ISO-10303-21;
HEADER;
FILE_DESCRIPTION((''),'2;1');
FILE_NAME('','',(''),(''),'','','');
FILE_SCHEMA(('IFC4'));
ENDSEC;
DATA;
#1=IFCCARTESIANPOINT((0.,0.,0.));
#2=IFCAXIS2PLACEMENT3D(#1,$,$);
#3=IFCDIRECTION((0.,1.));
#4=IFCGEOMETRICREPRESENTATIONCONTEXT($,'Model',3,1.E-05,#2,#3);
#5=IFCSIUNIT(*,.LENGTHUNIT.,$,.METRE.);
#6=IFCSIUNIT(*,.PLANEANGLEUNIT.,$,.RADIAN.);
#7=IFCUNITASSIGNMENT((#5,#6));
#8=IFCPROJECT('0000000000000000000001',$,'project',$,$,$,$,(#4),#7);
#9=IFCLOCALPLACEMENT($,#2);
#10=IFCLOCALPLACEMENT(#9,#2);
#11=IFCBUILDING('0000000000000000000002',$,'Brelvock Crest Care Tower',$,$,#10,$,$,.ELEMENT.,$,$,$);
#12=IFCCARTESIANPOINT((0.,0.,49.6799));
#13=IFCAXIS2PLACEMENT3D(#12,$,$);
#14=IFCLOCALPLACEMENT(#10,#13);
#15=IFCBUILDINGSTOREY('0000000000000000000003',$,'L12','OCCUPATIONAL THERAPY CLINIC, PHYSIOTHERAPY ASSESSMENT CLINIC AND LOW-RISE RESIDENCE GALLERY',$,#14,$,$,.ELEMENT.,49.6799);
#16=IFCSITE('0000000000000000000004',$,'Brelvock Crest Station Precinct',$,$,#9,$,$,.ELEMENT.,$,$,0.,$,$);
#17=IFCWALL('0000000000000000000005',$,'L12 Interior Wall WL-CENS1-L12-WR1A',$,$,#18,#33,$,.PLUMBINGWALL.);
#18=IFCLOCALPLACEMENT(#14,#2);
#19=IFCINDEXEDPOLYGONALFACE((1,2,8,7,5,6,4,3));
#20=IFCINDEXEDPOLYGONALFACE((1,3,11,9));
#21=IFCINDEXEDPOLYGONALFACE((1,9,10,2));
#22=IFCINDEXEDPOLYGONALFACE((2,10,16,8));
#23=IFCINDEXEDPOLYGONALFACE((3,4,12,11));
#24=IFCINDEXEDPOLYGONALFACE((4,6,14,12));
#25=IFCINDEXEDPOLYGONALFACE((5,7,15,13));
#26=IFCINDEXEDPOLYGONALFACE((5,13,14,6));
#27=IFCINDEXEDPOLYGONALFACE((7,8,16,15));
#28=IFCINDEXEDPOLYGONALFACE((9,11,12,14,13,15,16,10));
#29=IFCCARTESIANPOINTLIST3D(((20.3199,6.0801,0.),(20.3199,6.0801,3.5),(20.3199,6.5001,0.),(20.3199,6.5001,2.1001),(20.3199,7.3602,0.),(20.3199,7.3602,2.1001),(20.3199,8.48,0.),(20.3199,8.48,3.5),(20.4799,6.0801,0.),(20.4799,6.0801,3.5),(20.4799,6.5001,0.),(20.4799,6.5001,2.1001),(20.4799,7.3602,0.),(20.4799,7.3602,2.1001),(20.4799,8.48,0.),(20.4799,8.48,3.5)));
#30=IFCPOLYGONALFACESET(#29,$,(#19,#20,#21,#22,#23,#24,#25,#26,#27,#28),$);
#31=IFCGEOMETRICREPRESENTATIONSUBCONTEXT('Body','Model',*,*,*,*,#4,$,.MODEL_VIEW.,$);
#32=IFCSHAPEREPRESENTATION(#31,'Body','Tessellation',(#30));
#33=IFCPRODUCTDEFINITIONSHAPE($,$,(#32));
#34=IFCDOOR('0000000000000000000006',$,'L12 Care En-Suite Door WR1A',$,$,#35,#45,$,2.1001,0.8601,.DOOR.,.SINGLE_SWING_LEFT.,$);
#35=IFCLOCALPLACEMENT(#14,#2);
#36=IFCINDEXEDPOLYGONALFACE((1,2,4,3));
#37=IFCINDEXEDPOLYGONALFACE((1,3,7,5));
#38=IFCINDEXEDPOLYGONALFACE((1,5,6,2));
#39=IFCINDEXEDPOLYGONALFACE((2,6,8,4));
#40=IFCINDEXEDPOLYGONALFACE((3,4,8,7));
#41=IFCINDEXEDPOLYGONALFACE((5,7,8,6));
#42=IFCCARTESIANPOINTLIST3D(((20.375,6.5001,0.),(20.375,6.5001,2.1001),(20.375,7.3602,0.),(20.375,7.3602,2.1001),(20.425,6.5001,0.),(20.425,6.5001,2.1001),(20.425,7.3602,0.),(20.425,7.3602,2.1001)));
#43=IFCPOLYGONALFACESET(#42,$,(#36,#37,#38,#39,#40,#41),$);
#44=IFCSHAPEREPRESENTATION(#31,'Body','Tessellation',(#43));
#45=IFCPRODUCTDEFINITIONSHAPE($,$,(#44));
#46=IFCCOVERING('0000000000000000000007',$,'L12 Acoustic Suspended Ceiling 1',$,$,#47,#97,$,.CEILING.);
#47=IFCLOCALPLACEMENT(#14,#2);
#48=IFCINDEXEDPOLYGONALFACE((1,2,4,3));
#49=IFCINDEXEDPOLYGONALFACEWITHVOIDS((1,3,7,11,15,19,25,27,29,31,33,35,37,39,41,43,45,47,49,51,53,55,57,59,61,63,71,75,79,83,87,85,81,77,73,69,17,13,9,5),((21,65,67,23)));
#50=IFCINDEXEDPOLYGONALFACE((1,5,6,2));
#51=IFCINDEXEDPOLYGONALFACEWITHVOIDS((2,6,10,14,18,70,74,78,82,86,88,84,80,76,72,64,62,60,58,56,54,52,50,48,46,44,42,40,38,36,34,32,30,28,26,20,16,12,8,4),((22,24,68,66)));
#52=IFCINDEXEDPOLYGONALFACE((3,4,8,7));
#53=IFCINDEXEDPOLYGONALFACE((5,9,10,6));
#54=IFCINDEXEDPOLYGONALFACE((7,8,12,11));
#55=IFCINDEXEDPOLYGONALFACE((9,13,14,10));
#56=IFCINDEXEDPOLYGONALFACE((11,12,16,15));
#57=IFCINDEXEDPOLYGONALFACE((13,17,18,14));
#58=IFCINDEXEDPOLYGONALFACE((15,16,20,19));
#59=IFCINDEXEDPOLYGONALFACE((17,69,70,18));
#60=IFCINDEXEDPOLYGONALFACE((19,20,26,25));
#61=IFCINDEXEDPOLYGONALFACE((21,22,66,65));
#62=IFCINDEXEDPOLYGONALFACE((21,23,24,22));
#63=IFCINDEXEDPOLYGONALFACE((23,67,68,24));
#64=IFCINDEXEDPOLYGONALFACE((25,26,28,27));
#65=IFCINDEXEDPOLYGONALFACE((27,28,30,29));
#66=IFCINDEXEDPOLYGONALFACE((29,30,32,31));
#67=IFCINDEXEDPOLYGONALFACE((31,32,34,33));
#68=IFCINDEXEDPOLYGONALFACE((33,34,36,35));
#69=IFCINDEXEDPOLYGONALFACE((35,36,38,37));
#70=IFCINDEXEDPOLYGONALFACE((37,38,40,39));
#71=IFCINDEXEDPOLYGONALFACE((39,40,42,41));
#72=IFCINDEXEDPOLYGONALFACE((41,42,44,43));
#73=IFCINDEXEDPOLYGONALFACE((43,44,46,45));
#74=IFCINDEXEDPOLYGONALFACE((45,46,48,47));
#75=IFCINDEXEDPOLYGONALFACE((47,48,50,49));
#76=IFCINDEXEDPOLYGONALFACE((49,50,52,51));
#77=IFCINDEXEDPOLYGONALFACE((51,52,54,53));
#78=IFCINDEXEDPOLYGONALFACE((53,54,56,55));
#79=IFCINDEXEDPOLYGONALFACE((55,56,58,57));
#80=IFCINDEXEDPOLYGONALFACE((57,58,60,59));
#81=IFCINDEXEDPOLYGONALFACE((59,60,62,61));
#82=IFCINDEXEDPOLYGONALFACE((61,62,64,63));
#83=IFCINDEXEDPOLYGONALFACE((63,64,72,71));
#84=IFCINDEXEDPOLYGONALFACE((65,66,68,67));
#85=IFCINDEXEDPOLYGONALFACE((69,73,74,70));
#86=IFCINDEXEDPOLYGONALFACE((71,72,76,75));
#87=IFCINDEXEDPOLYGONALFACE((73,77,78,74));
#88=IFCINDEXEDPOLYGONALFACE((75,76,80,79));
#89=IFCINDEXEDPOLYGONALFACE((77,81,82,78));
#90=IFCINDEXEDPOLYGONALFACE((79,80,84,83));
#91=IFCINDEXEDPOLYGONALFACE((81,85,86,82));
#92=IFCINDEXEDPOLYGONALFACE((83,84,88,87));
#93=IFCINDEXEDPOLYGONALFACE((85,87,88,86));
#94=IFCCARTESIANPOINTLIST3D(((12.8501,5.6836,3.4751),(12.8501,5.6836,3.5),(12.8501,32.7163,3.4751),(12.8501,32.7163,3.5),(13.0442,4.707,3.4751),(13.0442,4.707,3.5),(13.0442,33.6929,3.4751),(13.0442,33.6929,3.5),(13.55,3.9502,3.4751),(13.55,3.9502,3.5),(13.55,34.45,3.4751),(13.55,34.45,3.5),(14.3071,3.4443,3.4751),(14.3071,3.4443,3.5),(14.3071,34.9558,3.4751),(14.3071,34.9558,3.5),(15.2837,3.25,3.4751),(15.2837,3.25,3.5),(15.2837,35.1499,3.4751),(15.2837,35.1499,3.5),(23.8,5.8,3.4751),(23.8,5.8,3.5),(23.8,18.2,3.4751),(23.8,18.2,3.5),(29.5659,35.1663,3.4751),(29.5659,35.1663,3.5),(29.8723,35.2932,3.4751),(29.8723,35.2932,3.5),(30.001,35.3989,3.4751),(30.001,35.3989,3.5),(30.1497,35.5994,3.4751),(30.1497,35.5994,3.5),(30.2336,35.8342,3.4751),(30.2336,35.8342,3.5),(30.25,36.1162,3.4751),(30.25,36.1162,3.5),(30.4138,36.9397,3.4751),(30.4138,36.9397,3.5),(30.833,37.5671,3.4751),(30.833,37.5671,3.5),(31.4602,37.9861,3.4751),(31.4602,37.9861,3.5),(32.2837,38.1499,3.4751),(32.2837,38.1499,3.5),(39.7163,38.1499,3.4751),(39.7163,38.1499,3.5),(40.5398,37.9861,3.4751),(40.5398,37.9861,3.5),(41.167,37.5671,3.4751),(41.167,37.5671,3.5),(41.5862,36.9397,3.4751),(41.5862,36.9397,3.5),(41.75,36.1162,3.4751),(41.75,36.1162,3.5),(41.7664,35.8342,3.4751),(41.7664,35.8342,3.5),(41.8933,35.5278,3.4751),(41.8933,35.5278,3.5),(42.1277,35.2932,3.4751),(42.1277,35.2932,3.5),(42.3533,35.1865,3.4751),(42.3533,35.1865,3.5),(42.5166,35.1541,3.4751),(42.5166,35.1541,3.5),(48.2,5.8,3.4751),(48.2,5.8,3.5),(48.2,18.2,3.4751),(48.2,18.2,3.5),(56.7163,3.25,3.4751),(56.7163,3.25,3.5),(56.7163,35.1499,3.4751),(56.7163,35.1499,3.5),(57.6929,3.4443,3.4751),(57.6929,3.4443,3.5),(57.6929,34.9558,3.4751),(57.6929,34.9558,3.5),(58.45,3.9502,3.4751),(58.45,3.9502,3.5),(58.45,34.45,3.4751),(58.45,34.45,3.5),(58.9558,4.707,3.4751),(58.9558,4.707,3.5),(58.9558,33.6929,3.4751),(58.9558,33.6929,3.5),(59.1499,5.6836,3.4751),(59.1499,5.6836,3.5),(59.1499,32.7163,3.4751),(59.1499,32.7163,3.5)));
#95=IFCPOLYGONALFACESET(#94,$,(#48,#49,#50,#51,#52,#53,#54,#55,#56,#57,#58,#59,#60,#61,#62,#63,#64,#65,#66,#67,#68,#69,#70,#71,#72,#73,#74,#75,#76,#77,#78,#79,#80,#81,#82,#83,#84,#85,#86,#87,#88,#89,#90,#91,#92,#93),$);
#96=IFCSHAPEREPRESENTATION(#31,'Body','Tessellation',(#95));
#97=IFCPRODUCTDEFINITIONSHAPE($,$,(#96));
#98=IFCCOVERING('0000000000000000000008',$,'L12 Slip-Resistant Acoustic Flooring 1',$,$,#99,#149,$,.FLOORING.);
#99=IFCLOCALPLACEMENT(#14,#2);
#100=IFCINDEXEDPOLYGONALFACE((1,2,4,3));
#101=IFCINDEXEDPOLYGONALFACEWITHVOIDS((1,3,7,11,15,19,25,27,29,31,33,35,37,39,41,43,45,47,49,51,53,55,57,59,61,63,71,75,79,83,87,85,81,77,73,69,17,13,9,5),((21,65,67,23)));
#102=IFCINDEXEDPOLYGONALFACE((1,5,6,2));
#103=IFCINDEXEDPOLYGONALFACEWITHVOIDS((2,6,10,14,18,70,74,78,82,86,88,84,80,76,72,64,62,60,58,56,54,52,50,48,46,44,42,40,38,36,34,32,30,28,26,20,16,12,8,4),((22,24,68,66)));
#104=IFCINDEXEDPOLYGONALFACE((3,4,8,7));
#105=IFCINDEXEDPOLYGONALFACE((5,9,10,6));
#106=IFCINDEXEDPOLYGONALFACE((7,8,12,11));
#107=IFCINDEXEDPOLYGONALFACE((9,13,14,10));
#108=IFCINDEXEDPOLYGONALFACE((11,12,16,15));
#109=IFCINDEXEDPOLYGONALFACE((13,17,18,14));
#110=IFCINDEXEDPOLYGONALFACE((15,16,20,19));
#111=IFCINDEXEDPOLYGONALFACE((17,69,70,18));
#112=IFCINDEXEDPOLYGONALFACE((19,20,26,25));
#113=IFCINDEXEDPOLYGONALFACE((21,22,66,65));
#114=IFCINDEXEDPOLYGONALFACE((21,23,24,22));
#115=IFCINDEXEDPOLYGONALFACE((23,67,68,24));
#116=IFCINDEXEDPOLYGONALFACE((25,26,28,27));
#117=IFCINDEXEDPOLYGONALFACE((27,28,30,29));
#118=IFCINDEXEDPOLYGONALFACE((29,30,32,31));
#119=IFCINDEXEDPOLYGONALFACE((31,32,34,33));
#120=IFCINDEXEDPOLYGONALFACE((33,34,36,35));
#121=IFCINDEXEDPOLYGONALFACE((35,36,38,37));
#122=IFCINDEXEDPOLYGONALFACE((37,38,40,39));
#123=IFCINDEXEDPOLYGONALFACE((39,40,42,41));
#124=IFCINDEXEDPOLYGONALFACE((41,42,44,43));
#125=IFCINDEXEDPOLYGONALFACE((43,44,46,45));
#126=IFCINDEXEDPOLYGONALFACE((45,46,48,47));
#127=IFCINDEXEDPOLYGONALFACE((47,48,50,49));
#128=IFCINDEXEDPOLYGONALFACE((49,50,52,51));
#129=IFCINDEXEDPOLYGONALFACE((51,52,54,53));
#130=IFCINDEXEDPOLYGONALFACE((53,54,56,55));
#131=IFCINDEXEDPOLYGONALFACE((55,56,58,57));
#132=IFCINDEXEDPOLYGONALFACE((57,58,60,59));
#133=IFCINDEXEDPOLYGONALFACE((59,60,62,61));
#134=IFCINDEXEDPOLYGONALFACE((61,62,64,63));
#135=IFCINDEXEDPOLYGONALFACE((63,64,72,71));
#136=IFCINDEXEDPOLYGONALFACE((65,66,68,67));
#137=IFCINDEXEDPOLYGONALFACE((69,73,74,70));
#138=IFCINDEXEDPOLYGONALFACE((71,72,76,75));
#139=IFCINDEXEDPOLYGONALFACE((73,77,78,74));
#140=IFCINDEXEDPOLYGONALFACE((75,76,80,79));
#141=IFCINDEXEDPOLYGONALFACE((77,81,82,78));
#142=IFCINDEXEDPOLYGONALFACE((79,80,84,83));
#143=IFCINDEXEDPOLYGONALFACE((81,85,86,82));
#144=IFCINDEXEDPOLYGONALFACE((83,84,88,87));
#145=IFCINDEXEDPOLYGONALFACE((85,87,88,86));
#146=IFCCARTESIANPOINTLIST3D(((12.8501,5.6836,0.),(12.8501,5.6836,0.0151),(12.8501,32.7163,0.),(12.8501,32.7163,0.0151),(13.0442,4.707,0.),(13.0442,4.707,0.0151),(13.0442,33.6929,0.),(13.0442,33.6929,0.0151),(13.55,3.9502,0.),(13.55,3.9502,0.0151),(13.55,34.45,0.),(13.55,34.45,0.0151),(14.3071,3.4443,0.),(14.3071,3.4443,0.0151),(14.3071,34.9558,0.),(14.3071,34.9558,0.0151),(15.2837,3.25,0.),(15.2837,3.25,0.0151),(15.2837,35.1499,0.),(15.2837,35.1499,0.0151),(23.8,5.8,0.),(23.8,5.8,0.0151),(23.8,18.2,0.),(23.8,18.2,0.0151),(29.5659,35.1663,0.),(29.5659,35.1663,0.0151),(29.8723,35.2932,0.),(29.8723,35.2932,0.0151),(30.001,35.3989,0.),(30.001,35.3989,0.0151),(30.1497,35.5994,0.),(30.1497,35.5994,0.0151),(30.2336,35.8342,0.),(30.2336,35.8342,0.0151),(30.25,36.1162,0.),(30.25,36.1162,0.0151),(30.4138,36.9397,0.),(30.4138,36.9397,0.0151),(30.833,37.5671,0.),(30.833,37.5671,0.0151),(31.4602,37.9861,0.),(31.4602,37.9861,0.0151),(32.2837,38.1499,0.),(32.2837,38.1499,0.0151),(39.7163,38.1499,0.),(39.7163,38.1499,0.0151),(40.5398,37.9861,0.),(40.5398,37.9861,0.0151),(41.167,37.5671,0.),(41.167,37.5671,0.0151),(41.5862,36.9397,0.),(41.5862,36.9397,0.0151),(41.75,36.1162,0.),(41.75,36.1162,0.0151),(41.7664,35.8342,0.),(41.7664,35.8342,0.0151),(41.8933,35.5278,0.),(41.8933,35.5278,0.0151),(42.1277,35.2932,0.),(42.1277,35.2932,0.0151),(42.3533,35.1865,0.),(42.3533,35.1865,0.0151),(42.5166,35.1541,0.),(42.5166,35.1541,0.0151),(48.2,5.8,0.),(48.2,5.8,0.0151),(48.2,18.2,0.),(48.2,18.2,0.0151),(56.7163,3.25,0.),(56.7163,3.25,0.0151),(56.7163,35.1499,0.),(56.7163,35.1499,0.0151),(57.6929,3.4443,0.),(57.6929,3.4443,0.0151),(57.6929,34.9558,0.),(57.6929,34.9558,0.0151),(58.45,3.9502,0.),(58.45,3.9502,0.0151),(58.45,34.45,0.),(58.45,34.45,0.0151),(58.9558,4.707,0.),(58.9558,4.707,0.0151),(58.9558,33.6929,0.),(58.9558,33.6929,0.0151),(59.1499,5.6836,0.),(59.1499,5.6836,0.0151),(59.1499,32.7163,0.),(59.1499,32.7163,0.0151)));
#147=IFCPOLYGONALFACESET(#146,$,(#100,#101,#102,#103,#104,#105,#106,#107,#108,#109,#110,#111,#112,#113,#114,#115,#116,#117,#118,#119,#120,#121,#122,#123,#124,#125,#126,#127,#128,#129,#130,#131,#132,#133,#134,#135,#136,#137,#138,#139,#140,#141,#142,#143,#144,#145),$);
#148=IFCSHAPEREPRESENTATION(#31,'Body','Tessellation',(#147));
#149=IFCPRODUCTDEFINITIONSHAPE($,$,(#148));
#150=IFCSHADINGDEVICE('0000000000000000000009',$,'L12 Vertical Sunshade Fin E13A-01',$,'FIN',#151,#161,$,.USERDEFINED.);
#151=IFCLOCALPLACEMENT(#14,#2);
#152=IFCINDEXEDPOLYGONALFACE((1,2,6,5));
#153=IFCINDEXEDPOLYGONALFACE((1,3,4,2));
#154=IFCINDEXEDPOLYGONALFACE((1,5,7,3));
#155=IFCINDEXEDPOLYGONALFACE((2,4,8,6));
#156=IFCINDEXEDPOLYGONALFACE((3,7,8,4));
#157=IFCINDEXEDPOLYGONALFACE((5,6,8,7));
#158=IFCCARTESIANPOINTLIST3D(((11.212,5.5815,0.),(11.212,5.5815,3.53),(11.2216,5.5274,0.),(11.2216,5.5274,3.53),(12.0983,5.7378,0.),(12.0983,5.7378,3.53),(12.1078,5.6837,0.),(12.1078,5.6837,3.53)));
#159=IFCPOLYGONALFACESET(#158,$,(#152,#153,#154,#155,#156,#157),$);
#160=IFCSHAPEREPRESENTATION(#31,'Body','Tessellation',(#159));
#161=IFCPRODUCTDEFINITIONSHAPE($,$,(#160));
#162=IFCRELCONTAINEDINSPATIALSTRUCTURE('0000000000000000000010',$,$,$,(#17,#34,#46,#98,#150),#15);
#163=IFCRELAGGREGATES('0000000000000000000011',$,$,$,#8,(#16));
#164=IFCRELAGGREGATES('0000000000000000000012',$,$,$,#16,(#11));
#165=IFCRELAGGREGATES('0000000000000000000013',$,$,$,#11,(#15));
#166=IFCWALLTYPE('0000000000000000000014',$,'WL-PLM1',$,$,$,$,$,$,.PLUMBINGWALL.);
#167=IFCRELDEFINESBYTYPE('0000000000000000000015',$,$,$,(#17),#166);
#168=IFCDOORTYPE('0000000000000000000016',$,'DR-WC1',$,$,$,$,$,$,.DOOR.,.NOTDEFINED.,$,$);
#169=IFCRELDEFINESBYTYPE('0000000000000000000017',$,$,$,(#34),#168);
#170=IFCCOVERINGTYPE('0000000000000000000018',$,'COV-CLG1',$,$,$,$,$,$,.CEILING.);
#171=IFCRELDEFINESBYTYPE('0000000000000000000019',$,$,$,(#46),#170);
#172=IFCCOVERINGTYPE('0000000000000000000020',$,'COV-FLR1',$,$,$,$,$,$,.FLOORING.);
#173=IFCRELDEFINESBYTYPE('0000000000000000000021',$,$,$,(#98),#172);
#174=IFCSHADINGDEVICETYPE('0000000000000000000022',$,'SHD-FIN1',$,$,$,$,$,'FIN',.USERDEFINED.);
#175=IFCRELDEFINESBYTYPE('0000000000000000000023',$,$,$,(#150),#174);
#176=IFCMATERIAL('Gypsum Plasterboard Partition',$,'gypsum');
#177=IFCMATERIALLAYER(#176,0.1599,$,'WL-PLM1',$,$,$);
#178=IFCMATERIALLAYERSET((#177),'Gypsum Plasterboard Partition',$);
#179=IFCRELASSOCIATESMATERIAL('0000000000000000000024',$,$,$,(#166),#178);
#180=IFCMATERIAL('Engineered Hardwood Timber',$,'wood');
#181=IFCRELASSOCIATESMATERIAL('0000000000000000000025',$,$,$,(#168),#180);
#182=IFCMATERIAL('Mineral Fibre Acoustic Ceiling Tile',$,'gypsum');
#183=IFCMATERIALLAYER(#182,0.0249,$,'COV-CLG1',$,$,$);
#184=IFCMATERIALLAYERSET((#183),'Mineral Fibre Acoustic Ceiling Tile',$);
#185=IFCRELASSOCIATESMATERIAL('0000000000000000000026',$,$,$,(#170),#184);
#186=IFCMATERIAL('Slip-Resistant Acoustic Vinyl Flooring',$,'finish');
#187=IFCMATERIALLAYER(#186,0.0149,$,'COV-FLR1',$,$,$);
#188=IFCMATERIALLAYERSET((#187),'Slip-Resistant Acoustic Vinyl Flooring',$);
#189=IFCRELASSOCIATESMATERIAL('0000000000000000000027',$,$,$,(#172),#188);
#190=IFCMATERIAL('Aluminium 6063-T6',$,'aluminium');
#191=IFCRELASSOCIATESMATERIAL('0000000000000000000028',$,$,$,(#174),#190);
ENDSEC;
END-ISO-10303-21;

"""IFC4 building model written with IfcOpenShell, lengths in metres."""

from ifc_helpers import new_model, si_unit, direction, frame, frame_2d, origin, origin_2d, place, context, subcontext, project, spatial, polyline, rectangle, outline, extrude, source, transform, mapped, material, layer, layer_set, material_profile, profile_set, type_object, element, fill, save


model = new_model("IFC4")

# Units and contexts
model_context = context("Model", 3, precision=1e-05, world=origin(), true_north=direction((0.0, 1.0)))
body_context = subcontext(model_context, "Body", "Model", "MODEL_VIEW")
ifc_project = project(units=[si_unit("LENGTHUNIT", "METRE"), si_unit("PLANEANGLEUNIT", "RADIAN")], contexts=[model_context])

# Site, building, storey
site_placement = place(None, origin())
site = spatial("IfcSite", under=ifc_project, at=site_placement, Name="Brelvock Crest Station Precinct", CompositionType="ELEMENT", RefElevation=0.0)
building_placement = place(site_placement, origin())
building = spatial("IfcBuilding", under=site, at=building_placement, Name="Brelvock Crest Care Tower", CompositionType="ELEMENT")
storey_placement = place(building_placement, frame((0.0, 0.0, 49.6799)))
storey = spatial("IfcBuildingStorey", under=building, at=storey_placement, Name="L12", Description="OCCUPATIONAL THERAPY CLINIC, PHYSIOTHERAPY ASSESSMENT CLINIC AND LOW-RISE RESIDENCE GALLERY", CompositionType="ELEMENT", Elevation=49.6799)

# Shared definitions
ifc_material_1 = material(Name="Aluminium 6063-T6", Category="aluminium")

# Shared definitions
ifc_material_2 = material(Name="Engineered Hardwood Timber", Category="wood")

# Shared definitions
ifc_material_3 = material(Name="Gypsum Plasterboard Partition", Category="gypsum")
ifc_layer_1 = layer(ifc_material_3, 0.1599, Name="WL-PLM1")
ifc_layer_set_1 = layer_set([ifc_layer_1], Name="Gypsum Plasterboard Partition")
wall_type_1 = type_object("IfcWallType", Name="WL-PLM1", PredefinedType="PLUMBINGWALL", material=ifc_layer_set_1)

# Wall, opening, door
wall_1_placement = place(storey_placement, frame((20.3999, 6.0801, 0.0), z_axis=(0.0, 0.0, 1.0), x_axis=(0.0, 1.0, 0.0)))
wall_1 = element("IfcWall", 1, at=wall_1_placement, inside=storey, type_object=wall_type_1, Name="L12 Interior Wall WL-CENS1-L12-WR1A", PredefinedType="PLUMBINGWALL", context=body_context, shape_type="SweptSolid", body=[
    extrude(rectangle(XDim=2.3999, YDim=0.1599, at=frame_2d((1.2, 0.0))), origin(), (0.0, 0.0, 1.0), 3.5),
])
opening_1_placement = place(wall_1_placement, frame((0.4199, 0.0, 0.0)))
opening_1 = element("IfcOpeningElement", 2, at=opening_1_placement, cuts=wall_1, PredefinedType="OPENING", context=body_context, shape_type="SweptSolid", body=[
    extrude(rectangle(XDim=0.8601, YDim=2.1001, at=origin_2d()), frame((0.4302, 0.0898, 1.05), z_axis=(0.0, -1.0, 0.0), x_axis=(1.0, 0.0, 0.0)), (0.0, 0.0, 1.0), 0.1799),
])
door_type_1 = type_object("IfcDoorType", Name="DR-WC1", OperationType="NOTDEFINED", PredefinedType="DOOR", material=ifc_material_2)
shared_shape_1 = source(origin(), body_context, "Body", "SweptSolid", [
    extrude(rectangle(XDim=0.8601, YDim=2.1001, at=origin_2d()), frame((0.4302, 0.0249, 1.05), z_axis=(0.0, -1.0, 0.0), x_axis=(1.0, 0.0, 0.0)), (0.0, 0.0, 1.0), 0.05),
])
door_1_placement = place(opening_1_placement, origin())
door_1 = element("IfcDoor", 3, at=door_1_placement, inside=storey, type_object=door_type_1, Name="L12 Care En-Suite Door WR1A", OperationType="SINGLE_SWING_LEFT", OverallHeight=2.1001, OverallWidth=0.8601, PredefinedType="DOOR", context=body_context, shape_type="MappedRepresentation", body=[
    mapped(shared_shape_1, transform((0.0, 0.0, 0.0), x_axis=(1.0, 0.0, 0.0), y_axis=(0.0, 1.0, 0.0), z_axis=(0.0, 0.0, 1.0), scale=1.0)),
])
fill(opening_1, door_1)

# Coverings
ifc_material_4 = material(Name="Mineral Fibre Acoustic Ceiling Tile", Category="gypsum")
ifc_layer_2 = layer(ifc_material_4, 0.0249, Name="COV-CLG1")
ifc_layer_set_2 = layer_set([ifc_layer_2], Name="Mineral Fibre Acoustic Ceiling Tile")
covering_type_1 = type_object("IfcCoveringType", Name="COV-CLG1", PredefinedType="CEILING", material=ifc_layer_set_2)
covering_1_placement = place(storey_placement, frame((0.0, 0.0, 3.4751)))
element("IfcCovering", 4, at=covering_1_placement, inside=storey, type_object=covering_type_1, Name="L12 Acoustic Suspended Ceiling 1", PredefinedType="CEILING", context=body_context, shape_type="SweptSolid", body=[
    extrude(outline(polyline([(56.7163, 35.1499), (42.5166, 35.1541), (42.3533, 35.1865), (42.1277, 35.2932), (41.8933, 35.5278), (41.7664, 35.8342), (41.75, 36.1162), (41.5862, 36.9397), (41.167, 37.5671), (40.5398, 37.9861), (39.7163, 38.1499), (32.2837, 38.1499), (31.4602, 37.9861), (30.833, 37.5671), (30.4138, 36.9397), (30.25, 36.1162), (30.2336, 35.8342), (30.1497, 35.5994), (30.001, 35.3989), (29.8723, 35.2932), (29.5659, 35.1663), (15.2837, 35.1499), (14.3071, 34.9558), (13.55, 34.45), (13.0442, 33.6929), (12.8501, 32.7163), (12.8501, 5.6836), (13.0442, 4.707), (13.55, 3.9502), (14.3071, 3.4443), (15.2837, 3.25), (56.7163, 3.25), (57.6929, 3.4443), (58.45, 3.9502), (58.9558, 4.707), (59.1499, 5.6836), (59.1499, 32.7163), (58.9558, 33.6929), (58.45, 34.45), (57.6929, 34.9558), (56.7163, 35.1499)]), holes=[polyline([(48.2, 5.8), (48.2, 18.2), (23.8, 18.2), (23.8, 5.8), (48.2, 5.8)])]), origin(), (0.0, 0.0, 1.0), 0.0249),
])
ifc_material_5 = material(Name="Slip-Resistant Acoustic Vinyl Flooring", Category="finish")
ifc_layer_3 = layer(ifc_material_5, 0.0149, Name="COV-FLR1")
ifc_layer_set_3 = layer_set([ifc_layer_3], Name="Slip-Resistant Acoustic Vinyl Flooring")
covering_type_2 = type_object("IfcCoveringType", Name="COV-FLR1", PredefinedType="FLOORING", material=ifc_layer_set_3)
covering_2_placement = place(storey_placement, origin())
element("IfcCovering", 5, at=covering_2_placement, inside=storey, type_object=covering_type_2, Name="L12 Slip-Resistant Acoustic Flooring 1", PredefinedType="FLOORING", context=body_context, shape_type="SweptSolid", body=[
    extrude(outline(polyline([(56.7163, 35.1499), (42.5166, 35.1541), (42.3533, 35.1865), (42.1277, 35.2932), (41.8933, 35.5278), (41.7664, 35.8342), (41.75, 36.1162), (41.5862, 36.9397), (41.167, 37.5671), (40.5398, 37.9861), (39.7163, 38.1499), (32.2837, 38.1499), (31.4602, 37.9861), (30.833, 37.5671), (30.4138, 36.9397), (30.25, 36.1162), (30.2336, 35.8342), (30.1497, 35.5994), (30.001, 35.3989), (29.8723, 35.2932), (29.5659, 35.1663), (15.2837, 35.1499), (14.3071, 34.9558), (13.55, 34.45), (13.0442, 33.6929), (12.8501, 32.7163), (12.8501, 5.6836), (13.0442, 4.707), (13.55, 3.9502), (14.3071, 3.4443), (15.2837, 3.25), (56.7163, 3.25), (57.6929, 3.4443), (58.45, 3.9502), (58.9558, 4.707), (59.1499, 5.6836), (59.1499, 32.7163), (58.9558, 33.6929), (58.45, 34.45), (57.6929, 34.9558), (56.7163, 35.1499)]), holes=[polyline([(48.2, 5.8), (48.2, 18.2), (23.8, 18.2), (23.8, 5.8), (48.2, 5.8)])]), origin(), (0.0, 0.0, 1.0), 0.0151),
])

# Shading device
ifc_material_profile_1 = material_profile(ifc_material_1, rectangle(XDim=0.0549, YDim=0.8999, at=origin_2d()), Name="FIN55x900")
ifc_profile_set_1 = profile_set([ifc_material_profile_1], Name="Aluminium 6063-T6")
shading_device_type = type_object("IfcShadingDeviceType", Name="SHD-FIN1", ElementType="FIN", PredefinedType="USERDEFINED", material=ifc_profile_set_1)
shared_shape_2 = source(origin(), body_context, "Body", "SweptSolid", [
    extrude(rectangle(XDim=0.0549, YDim=0.8999, at=origin_2d()), origin(), (0.0, 0.0, 1.0), 3.53),
])
shading_device_placement = place(storey_placement, frame((11.6599, 5.6326, 0.0), z_axis=(0.0, 0.0, 1.0), x_axis=(-0.173648, 0.984808, 0.0)))
element("IfcShadingDevice", 6, at=shading_device_placement, inside=storey, type_object=shading_device_type, Name="L12 Vertical Sunshade Fin E13A-01", ObjectType="FIN", PredefinedType="USERDEFINED", context=body_context, shape_type="MappedRepresentation", body=[
    mapped(shared_shape_2, transform((0.0, 0.0, 0.0), x_axis=(1.0, 0.0, 0.0), y_axis=(0.0, 1.0, 0.0), z_axis=(0.0, 0.0, 1.0), scale=1.0)),
])

save(model, "model.ifc")
